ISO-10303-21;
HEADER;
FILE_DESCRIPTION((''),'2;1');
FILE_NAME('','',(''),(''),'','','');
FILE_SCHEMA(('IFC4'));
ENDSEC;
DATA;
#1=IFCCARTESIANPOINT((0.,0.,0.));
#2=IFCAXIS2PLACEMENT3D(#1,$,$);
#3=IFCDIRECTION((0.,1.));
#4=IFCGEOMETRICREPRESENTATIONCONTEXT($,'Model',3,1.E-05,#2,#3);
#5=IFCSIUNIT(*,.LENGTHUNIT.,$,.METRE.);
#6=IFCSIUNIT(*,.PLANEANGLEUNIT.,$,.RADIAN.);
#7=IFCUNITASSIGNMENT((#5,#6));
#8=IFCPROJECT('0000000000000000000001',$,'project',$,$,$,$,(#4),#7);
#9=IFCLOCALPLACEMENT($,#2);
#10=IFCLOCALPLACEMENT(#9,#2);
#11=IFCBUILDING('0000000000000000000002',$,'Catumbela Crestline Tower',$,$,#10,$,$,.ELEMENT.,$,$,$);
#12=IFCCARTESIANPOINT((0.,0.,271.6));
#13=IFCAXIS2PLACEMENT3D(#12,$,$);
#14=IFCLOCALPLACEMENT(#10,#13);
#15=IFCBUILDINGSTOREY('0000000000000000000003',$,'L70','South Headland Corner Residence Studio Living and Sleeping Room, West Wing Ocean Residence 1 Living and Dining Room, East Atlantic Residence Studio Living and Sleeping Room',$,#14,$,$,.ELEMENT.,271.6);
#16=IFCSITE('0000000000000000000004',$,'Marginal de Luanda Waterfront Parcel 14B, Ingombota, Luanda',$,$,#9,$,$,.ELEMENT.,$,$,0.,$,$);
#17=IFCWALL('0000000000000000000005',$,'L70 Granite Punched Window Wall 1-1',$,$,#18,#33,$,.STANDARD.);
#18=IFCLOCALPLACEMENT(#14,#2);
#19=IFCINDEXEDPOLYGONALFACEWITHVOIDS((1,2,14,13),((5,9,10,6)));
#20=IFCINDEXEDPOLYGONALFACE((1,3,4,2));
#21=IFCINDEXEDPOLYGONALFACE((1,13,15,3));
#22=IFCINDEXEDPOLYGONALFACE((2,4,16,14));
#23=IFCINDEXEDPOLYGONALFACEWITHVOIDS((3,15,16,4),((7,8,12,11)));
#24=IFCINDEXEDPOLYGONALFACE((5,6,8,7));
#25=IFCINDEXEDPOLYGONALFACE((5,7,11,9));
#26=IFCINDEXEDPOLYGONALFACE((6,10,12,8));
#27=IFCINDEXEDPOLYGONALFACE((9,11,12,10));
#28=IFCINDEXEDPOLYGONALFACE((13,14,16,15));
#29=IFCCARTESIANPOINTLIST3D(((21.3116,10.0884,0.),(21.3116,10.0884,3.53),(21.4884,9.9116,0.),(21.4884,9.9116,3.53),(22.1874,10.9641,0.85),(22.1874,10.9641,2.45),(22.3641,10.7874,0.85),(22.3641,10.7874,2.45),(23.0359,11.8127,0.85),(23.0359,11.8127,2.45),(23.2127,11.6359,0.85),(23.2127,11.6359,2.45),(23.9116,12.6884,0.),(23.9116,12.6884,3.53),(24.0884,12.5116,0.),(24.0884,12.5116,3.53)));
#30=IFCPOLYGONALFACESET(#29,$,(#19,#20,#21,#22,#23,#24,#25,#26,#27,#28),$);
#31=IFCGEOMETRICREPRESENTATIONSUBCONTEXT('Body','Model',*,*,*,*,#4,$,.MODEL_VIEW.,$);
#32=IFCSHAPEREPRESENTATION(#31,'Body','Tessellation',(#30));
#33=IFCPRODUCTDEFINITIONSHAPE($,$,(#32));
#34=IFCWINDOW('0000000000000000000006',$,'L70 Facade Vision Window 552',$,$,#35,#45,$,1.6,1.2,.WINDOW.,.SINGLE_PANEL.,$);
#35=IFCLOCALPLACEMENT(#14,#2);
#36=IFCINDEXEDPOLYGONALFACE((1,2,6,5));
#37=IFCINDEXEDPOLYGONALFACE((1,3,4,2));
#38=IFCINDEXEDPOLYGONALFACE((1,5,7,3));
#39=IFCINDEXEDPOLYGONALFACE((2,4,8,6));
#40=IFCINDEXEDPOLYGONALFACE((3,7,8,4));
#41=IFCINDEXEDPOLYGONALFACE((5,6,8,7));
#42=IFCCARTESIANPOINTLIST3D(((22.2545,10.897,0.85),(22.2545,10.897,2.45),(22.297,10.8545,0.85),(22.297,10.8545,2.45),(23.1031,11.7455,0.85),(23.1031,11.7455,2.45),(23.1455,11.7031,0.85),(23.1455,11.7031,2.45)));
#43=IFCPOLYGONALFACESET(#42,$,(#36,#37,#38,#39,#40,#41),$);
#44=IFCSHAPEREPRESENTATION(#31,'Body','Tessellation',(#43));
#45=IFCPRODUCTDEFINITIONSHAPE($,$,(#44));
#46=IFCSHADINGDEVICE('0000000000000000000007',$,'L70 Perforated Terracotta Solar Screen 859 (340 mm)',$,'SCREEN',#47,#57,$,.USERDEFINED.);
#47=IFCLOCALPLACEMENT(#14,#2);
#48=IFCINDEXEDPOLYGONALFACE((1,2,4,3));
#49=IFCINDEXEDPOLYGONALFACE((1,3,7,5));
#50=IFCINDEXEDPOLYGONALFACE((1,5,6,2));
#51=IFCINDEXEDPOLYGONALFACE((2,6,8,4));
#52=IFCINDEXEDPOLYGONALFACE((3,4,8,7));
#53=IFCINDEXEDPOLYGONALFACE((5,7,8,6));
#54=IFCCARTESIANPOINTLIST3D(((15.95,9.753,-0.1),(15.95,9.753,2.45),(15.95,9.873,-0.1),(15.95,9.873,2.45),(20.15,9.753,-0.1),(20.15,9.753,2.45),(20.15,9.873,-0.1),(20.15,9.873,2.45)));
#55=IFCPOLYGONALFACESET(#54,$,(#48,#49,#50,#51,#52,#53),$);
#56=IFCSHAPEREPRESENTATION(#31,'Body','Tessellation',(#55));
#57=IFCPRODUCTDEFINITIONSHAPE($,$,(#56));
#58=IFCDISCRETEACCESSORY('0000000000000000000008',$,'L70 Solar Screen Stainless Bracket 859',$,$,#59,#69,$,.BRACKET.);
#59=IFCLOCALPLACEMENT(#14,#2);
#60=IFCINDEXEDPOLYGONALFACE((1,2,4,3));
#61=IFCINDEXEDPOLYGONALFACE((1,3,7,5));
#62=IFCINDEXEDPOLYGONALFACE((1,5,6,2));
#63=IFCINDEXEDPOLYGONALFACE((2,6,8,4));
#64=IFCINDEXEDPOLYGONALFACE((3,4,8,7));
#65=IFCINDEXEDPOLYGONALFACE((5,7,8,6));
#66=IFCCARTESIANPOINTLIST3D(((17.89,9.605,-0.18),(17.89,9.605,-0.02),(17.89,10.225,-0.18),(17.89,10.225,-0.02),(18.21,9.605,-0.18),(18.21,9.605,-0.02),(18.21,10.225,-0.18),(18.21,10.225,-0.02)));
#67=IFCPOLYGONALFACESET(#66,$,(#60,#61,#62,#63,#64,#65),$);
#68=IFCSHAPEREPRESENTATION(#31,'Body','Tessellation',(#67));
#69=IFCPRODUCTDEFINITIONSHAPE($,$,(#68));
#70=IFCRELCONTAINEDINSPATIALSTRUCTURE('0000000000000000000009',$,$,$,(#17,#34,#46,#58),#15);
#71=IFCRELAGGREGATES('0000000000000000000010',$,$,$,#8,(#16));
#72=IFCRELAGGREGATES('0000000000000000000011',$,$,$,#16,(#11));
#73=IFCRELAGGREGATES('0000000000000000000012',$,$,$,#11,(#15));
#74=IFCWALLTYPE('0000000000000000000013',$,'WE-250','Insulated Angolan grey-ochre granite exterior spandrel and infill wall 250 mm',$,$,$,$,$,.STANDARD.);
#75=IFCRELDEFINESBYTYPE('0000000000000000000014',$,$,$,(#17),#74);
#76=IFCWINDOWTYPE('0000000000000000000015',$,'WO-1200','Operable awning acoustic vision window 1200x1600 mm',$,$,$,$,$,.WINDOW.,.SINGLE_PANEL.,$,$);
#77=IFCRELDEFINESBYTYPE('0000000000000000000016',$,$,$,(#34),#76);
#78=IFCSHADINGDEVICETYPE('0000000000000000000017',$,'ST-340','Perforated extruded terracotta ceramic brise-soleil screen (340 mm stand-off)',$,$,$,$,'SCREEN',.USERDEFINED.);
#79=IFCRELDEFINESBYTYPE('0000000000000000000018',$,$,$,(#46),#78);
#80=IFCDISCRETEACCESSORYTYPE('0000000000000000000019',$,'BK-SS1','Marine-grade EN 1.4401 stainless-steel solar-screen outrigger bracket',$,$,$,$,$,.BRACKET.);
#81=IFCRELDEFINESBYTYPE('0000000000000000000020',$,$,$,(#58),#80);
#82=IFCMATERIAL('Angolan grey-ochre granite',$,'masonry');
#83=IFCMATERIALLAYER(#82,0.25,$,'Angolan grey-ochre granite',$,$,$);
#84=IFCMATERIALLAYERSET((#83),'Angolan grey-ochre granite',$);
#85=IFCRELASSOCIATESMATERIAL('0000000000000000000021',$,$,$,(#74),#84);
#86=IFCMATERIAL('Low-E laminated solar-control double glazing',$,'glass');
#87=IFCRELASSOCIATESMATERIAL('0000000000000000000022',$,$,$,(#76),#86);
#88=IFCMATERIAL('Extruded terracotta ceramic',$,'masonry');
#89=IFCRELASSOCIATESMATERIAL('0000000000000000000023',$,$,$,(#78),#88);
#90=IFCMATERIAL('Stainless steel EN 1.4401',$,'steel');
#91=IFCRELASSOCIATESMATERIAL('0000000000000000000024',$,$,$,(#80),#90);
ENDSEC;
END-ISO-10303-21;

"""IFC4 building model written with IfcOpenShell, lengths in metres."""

from ifc_helpers import new_model, si_unit, direction, frame, frame_2d, origin, origin_2d, place, context, subcontext, project, spatial, rectangle, extrude, material, layer, layer_set, type_object, element, fill, save


model = new_model("IFC4")

# Units and contexts
model_context = context("Model", 3, precision=1e-05, world=origin(), true_north=direction((0.0, 1.0)))
body_context = subcontext(model_context, "Body", "Model", "MODEL_VIEW")
ifc_project = project(units=[si_unit("LENGTHUNIT", "METRE"), si_unit("PLANEANGLEUNIT", "RADIAN")], contexts=[model_context])

# Site, building, storey
site_placement = place(None, origin())
site = spatial("IfcSite", under=ifc_project, at=site_placement, Name="Marginal de Luanda Waterfront Parcel 14B, Ingombota, Luanda", CompositionType="ELEMENT", RefElevation=0.0)
building_placement = place(site_placement, origin())
building = spatial("IfcBuilding", under=site, at=building_placement, Name="Catumbela Crestline Tower", CompositionType="ELEMENT")
storey_placement = place(building_placement, frame((0.0, 0.0, 271.6)))
storey = spatial("IfcBuildingStorey", under=building, at=storey_placement, Name="L70", Description="South Headland Corner Residence Studio Living and Sleeping Room, West Wing Ocean Residence 1 Living and Dining Room, East Atlantic Residence Studio Living and Sleeping Room", CompositionType="ELEMENT", Elevation=271.6)

# Shared definitions
ifc_material_1 = material(Name="Low-E laminated solar-control double glazing", Category="glass")

# Wall, opening, window
ifc_material_2 = material(Name="Angolan grey-ochre granite", Category="masonry")
ifc_layer_1 = layer(ifc_material_2, 0.25, Name="Angolan grey-ochre granite")
ifc_layer_set_1 = layer_set([ifc_layer_1], Name="Angolan grey-ochre granite")
wall_type_1 = type_object("IfcWallType", Name="WE-250", Description="Insulated Angolan grey-ochre granite exterior spandrel and infill wall 250 mm", PredefinedType="STANDARD", material=ifc_layer_set_1)
wall_1_placement = place(storey_placement, frame((21.4, 10.0, 0.0), z_axis=(0.0, 0.0, 1.0), x_axis=(0.707107, 0.707107, 0.0)))
wall_1 = element("IfcWall", 1, at=wall_1_placement, inside=storey, type_object=wall_type_1, Name="L70 Granite Punched Window Wall 1-1", PredefinedType="STANDARD", context=body_context, shape_type="SweptSolid", body=[
    extrude(rectangle(XDim=3.677, YDim=0.25, at=frame_2d((1.8385, 0.0))), origin(), (0.0, 0.0, 1.0), 3.53),
])
opening_1_placement = place(wall_1_placement, frame((1.2385, 0.0, 0.85)))
opening_1 = element("IfcOpeningElement", 2, at=opening_1_placement, cuts=wall_1, PredefinedType="OPENING", context=body_context, shape_type="SweptSolid", body=[
    extrude(rectangle(XDim=1.2, YDim=1.6, at=frame_2d((0.6, 0.8))), frame((0.0, 0.135, 0.0), z_axis=(0.0, -1.0, 0.0), x_axis=(1.0, 0.0, 0.0)), (0.0, 0.0, 1.0), 0.27),
])
window_type = type_object("IfcWindowType", Name="WO-1200", Description="Operable awning acoustic vision window 1200x1600 mm", PartitioningType="SINGLE_PANEL", PredefinedType="WINDOW", material=ifc_material_1)
window_placement = place(opening_1_placement, origin())
window = element("IfcWindow", 3, at=window_placement, inside=storey, type_object=window_type, Name="L70 Facade Vision Window 552", OverallHeight=1.6, OverallWidth=1.2, PartitioningType="SINGLE_PANEL", PredefinedType="WINDOW", context=body_context, shape_type="SweptSolid", body=[
    extrude(rectangle(XDim=1.2, YDim=1.6, at=frame_2d((0.6, 0.8))), frame((0.0, 0.03, 0.0), z_axis=(0.0, -1.0, 0.0), x_axis=(1.0, 0.0, 0.0)), (0.0, 0.0, 1.0), 0.06),
])
fill(opening_1, window)

# Shading device
ifc_material_3 = material(Name="Extruded terracotta ceramic", Category="masonry")
shading_device_type = type_object("IfcShadingDeviceType", Name="ST-340", Description="Perforated extruded terracotta ceramic brise-soleil screen (340 mm stand-off)", ElementType="SCREEN", PredefinedType="USERDEFINED", material=ifc_material_3)
shading_device_placement = place(storey_placement, frame((18.05, 9.813, -0.1), z_axis=(0.0, 0.0, 1.0), x_axis=(1.0, 0.0, 0.0)))
element("IfcShadingDevice", 4, at=shading_device_placement, inside=storey, type_object=shading_device_type, Name="L70 Perforated Terracotta Solar Screen 859 (340 mm)", ObjectType="SCREEN", PredefinedType="USERDEFINED", context=body_context, shape_type="SweptSolid", body=[
    extrude(rectangle(XDim=4.2, YDim=0.12, at=origin_2d()), origin(), (0.0, 0.0, 1.0), 2.55),
])

# Discrete accessory
ifc_material_4 = material(Name="Stainless steel EN 1.4401", Category="steel")
discrete_accessory_type = type_object("IfcDiscreteAccessoryType", Name="BK-SS1", Description="Marine-grade EN 1.4401 stainless-steel solar-screen outrigger bracket", PredefinedType="BRACKET", material=ifc_material_4)
discrete_accessory_placement = place(storey_placement, frame((18.05, 9.915, -0.18), z_axis=(0.0, 0.0, 1.0), x_axis=(1.0, 0.0, 0.0)))
element("IfcDiscreteAccessory", 5, at=discrete_accessory_placement, inside=storey, type_object=discrete_accessory_type, Name="L70 Solar Screen Stainless Bracket 859", PredefinedType="BRACKET", context=body_context, shape_type="SweptSolid", body=[
    extrude(rectangle(XDim=0.32, YDim=0.62, at=origin_2d()), origin(), (0.0, 0.0, 1.0), 0.16),
])

save(model, "model.ifc")
